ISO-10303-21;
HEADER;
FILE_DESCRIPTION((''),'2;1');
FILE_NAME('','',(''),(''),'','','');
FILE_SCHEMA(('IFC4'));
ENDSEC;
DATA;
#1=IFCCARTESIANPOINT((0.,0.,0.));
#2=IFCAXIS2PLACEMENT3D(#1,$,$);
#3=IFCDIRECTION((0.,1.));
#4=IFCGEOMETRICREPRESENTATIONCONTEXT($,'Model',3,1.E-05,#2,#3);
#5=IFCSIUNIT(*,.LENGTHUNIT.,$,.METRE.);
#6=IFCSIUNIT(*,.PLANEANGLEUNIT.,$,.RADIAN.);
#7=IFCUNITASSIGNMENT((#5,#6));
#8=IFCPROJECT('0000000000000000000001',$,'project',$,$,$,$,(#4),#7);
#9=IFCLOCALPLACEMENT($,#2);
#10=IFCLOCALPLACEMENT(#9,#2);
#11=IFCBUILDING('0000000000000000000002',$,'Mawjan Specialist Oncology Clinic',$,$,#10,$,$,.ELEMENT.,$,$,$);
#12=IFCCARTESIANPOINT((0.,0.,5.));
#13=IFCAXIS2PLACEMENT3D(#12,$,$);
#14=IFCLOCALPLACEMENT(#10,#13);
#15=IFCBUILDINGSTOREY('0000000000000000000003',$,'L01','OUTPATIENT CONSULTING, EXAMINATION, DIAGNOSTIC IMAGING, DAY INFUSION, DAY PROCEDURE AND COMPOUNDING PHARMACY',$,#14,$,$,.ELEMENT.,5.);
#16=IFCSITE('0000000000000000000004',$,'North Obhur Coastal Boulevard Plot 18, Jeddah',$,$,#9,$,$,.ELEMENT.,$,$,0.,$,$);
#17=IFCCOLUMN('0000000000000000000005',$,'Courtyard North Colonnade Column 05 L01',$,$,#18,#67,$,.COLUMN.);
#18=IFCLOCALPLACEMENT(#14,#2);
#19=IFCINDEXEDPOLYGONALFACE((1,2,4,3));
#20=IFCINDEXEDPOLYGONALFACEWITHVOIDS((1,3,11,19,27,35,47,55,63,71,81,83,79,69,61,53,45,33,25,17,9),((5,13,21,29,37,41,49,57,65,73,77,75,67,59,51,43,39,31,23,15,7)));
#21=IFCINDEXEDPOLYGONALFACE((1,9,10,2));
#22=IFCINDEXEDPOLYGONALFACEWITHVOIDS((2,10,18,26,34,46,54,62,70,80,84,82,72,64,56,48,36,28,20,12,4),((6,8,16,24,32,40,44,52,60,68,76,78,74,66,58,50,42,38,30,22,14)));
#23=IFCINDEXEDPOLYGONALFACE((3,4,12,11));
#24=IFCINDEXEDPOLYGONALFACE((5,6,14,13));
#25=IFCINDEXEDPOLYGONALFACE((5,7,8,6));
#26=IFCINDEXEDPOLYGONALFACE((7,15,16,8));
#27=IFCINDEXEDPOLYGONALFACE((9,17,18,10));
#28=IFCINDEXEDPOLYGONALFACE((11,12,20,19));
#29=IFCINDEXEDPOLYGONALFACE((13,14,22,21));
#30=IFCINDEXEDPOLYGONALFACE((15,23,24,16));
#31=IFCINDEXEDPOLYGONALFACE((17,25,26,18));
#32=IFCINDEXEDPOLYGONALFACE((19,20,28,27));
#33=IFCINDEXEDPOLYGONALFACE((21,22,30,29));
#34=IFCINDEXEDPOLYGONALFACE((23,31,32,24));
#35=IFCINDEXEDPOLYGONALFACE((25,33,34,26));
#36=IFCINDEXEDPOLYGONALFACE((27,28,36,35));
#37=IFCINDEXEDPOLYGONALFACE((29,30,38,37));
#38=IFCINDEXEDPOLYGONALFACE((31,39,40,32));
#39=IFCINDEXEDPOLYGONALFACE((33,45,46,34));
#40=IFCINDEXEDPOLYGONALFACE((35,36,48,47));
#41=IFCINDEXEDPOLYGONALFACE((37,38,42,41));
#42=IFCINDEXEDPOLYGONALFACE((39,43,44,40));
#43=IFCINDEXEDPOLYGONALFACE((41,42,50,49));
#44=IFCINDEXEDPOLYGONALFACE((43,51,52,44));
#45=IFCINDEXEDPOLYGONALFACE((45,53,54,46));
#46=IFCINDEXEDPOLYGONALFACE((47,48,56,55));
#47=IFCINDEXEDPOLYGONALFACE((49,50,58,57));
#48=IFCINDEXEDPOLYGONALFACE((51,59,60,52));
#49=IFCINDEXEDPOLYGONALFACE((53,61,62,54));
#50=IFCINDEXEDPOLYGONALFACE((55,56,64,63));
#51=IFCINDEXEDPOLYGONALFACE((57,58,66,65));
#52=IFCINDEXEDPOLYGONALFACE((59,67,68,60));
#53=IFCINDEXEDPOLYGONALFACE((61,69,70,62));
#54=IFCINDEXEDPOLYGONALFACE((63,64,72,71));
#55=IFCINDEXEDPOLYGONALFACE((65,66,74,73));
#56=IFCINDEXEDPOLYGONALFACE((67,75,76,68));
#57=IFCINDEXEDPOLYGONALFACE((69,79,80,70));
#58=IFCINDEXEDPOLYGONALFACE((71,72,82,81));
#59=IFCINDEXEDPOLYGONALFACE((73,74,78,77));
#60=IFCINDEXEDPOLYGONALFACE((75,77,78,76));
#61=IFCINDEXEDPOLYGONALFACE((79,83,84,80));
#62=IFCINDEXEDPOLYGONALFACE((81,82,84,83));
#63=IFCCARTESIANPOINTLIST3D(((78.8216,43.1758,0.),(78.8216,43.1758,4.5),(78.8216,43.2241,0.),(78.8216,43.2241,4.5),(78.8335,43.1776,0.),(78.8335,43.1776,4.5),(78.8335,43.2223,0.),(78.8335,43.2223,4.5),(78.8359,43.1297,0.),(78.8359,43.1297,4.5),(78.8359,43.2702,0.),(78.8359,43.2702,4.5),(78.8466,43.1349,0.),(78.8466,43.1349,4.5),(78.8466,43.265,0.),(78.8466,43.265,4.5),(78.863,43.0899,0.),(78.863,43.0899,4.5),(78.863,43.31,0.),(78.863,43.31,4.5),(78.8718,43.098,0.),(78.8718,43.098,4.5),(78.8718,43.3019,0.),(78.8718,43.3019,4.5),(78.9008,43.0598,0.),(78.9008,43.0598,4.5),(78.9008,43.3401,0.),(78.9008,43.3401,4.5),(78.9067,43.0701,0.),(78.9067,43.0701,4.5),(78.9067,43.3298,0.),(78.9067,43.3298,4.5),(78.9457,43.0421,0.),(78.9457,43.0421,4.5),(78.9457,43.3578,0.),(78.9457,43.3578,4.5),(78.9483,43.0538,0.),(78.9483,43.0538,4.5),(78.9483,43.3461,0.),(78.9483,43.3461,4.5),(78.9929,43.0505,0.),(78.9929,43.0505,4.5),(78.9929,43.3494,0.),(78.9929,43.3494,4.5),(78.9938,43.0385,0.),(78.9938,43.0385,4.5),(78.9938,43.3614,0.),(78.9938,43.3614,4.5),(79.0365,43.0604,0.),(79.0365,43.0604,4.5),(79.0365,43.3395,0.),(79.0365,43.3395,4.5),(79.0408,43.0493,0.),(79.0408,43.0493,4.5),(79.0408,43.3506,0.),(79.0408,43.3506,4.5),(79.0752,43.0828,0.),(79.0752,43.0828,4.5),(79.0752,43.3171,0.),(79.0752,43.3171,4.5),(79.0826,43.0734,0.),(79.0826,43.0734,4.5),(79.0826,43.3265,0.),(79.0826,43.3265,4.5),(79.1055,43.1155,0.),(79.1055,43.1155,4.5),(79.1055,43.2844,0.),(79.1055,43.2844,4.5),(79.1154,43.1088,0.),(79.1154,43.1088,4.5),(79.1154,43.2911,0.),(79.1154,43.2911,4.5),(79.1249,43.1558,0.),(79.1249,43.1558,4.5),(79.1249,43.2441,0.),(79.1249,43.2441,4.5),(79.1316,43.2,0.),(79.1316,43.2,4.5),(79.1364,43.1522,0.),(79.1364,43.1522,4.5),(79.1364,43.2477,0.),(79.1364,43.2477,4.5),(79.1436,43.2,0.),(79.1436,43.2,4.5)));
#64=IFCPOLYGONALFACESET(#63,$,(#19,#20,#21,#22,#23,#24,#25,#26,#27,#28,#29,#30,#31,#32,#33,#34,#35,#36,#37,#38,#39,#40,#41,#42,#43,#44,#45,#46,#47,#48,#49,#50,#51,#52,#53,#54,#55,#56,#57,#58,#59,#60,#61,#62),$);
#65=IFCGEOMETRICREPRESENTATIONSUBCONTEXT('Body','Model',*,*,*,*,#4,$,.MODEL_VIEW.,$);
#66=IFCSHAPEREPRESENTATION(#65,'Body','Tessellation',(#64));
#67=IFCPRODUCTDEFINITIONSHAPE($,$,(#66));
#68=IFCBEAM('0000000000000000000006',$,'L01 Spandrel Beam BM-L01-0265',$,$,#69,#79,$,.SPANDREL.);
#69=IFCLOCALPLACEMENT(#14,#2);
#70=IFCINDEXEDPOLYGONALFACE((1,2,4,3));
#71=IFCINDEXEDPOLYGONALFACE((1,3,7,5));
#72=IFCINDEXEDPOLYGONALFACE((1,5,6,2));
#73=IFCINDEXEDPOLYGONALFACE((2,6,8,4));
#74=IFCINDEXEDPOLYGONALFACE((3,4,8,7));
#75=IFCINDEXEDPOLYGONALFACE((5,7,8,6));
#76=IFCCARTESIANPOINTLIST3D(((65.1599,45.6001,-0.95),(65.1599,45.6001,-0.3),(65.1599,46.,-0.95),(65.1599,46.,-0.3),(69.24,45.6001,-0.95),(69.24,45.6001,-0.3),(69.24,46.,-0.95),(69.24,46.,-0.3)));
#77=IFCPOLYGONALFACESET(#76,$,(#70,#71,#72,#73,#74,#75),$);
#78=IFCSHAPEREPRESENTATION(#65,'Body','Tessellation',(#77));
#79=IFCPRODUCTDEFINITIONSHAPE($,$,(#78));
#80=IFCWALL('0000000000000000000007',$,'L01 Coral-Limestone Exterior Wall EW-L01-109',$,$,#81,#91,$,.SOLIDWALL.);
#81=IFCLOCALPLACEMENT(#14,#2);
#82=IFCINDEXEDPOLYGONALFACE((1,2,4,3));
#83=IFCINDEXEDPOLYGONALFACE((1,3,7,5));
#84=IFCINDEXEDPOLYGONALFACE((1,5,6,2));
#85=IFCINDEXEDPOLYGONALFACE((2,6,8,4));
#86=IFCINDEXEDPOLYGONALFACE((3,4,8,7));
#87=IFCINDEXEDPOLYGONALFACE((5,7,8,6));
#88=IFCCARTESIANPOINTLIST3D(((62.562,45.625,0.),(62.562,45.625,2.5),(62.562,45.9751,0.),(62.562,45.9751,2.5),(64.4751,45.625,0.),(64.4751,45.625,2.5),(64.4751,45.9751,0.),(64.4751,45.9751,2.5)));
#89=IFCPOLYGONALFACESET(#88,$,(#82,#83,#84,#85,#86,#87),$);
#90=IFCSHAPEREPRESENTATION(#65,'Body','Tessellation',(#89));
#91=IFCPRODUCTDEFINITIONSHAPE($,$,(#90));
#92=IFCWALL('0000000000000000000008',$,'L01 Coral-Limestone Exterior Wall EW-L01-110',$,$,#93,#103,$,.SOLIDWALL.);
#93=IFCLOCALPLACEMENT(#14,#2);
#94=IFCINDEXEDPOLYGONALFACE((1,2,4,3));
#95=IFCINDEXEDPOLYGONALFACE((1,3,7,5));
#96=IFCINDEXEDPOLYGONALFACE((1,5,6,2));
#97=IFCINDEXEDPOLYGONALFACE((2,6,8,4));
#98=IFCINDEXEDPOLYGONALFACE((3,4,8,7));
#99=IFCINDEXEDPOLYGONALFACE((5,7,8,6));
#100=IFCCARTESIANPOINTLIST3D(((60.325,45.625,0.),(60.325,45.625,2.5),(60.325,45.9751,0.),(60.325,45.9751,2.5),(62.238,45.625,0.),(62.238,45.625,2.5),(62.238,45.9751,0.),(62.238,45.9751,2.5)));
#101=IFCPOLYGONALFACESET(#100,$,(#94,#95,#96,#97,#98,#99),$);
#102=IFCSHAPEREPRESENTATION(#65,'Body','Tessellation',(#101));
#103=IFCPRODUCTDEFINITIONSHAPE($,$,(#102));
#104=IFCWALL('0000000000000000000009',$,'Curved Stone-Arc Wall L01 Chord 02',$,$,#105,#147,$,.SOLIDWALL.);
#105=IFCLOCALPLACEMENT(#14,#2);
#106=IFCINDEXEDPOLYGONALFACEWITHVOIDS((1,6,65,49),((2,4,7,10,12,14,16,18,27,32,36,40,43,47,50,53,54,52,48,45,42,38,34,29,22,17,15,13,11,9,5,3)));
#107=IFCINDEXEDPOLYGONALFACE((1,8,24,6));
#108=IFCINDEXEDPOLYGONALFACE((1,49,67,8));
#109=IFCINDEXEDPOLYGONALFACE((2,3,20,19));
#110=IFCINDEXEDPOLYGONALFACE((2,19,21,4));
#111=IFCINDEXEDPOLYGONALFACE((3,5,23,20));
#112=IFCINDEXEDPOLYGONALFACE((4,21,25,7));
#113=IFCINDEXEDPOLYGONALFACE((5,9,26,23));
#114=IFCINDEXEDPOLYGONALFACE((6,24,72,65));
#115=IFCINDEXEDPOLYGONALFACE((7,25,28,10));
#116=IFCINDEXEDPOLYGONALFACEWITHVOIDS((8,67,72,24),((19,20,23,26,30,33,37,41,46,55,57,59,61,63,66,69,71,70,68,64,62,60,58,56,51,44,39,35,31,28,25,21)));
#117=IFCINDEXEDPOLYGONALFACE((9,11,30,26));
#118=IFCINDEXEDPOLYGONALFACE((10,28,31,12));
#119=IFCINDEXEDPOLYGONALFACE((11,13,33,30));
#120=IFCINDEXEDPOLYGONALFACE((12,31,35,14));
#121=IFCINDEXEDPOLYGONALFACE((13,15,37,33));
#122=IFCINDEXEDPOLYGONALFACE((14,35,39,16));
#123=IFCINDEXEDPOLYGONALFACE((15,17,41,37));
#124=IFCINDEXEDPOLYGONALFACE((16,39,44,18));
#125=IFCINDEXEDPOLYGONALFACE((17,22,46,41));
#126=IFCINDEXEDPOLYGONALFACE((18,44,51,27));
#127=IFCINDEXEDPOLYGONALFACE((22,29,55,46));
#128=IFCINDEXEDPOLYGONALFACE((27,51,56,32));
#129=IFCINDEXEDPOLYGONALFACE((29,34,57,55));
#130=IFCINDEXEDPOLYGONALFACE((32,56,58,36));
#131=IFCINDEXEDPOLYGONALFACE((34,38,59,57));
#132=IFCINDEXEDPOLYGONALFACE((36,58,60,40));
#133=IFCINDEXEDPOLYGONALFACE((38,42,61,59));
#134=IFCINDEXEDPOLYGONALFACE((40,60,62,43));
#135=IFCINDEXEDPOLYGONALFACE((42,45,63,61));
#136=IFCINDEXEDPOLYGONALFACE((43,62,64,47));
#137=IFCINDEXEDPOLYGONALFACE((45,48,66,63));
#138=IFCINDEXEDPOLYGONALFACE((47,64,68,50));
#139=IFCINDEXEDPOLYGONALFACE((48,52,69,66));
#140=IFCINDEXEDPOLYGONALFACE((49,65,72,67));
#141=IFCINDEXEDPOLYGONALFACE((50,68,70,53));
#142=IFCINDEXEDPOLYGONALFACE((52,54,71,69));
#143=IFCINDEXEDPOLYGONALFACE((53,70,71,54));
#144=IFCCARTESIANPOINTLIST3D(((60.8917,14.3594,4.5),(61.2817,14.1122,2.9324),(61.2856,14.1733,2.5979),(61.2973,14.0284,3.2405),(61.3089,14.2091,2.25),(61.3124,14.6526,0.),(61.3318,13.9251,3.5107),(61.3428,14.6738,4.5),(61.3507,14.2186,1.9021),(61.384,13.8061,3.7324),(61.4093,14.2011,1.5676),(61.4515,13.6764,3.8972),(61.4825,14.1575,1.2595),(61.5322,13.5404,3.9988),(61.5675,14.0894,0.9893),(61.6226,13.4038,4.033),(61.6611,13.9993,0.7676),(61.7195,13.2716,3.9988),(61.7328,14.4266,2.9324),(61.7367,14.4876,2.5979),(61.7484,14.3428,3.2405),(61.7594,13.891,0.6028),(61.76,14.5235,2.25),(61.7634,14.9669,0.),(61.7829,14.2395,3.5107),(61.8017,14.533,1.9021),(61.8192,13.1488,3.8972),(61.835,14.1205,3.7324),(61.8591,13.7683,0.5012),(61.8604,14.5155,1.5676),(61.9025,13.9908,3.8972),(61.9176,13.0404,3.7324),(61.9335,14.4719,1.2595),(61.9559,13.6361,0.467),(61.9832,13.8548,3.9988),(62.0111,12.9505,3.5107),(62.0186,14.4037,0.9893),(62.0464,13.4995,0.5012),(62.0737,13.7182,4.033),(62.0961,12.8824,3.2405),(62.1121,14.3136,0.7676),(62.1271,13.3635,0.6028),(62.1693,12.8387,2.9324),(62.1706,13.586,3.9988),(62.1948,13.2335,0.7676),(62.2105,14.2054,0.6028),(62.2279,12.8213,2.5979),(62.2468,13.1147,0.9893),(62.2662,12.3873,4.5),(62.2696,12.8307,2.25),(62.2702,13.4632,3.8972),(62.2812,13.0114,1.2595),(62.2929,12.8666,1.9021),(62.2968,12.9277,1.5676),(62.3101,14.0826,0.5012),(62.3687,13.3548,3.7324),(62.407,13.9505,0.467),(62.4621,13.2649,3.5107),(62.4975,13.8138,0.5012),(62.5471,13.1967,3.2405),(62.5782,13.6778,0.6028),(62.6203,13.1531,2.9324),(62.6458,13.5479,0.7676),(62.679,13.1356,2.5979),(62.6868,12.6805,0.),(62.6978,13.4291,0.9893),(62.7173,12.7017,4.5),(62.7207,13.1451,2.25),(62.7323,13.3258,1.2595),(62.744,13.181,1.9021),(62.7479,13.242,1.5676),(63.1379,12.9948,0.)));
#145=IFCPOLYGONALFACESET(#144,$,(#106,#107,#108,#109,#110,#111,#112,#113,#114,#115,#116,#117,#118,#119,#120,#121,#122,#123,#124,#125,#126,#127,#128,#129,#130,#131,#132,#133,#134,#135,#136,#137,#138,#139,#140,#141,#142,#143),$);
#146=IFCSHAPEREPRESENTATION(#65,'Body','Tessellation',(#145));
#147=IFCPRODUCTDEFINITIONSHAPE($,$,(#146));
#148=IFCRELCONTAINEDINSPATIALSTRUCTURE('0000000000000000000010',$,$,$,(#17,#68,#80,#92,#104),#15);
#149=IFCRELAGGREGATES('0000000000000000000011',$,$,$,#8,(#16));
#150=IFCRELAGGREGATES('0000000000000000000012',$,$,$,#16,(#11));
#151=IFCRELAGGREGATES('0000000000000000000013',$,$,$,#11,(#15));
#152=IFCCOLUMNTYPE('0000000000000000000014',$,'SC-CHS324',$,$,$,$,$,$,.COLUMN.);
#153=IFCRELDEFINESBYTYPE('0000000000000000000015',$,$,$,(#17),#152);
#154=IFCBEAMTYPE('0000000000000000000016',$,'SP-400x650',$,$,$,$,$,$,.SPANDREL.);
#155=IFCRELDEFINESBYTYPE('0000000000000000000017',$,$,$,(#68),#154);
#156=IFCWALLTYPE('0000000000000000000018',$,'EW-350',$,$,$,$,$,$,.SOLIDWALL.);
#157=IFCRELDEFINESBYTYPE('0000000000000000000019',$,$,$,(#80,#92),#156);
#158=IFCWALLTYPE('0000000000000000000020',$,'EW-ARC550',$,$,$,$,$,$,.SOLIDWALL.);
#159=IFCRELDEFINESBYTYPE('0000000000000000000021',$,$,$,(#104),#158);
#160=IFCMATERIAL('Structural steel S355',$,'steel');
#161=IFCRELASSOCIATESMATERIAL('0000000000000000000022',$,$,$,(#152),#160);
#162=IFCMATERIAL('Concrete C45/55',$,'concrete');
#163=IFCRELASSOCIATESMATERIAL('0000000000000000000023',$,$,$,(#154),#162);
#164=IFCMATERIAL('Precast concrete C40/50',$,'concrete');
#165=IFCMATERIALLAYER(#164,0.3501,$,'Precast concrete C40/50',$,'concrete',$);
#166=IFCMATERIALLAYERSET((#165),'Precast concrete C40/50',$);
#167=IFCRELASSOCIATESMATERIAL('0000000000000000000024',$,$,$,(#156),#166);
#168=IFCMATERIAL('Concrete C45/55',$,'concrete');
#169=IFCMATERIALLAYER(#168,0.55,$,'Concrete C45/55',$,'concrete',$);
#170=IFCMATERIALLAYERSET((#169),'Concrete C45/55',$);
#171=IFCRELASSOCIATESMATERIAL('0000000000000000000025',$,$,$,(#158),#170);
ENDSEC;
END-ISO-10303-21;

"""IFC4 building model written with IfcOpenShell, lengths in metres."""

from ifc_helpers import new_model, si_unit, direction, frame, frame_2d, origin, origin_2d, place, context, subcontext, project, spatial, polyline, rectangle, hollow_circle, outline, extrude, material, layer, layer_set, material_profile, profile_set, type_object, element, save


model = new_model("IFC4")

# Units and contexts
model_context = context("Model", 3, precision=1e-05, world=origin(), true_north=direction((0.0, 1.0)))
body_context = subcontext(model_context, "Body", "Model", "MODEL_VIEW")
ifc_project = project(units=[si_unit("LENGTHUNIT", "METRE"), si_unit("PLANEANGLEUNIT", "RADIAN")], contexts=[model_context])

# Site, building, storey
site_placement = place(None, origin())
site = spatial("IfcSite", under=ifc_project, at=site_placement, Name="North Obhur Coastal Boulevard Plot 18, Jeddah", CompositionType="ELEMENT", RefElevation=0.0)
building_placement = place(site_placement, origin())
building = spatial("IfcBuilding", under=site, at=building_placement, Name="Mawjan Specialist Oncology Clinic", CompositionType="ELEMENT")
storey_placement = place(building_placement, frame((0.0, 0.0, 5.0)))
storey = spatial("IfcBuildingStorey", under=building, at=storey_placement, Name="L01", Description="OUTPATIENT CONSULTING, EXAMINATION, DIAGNOSTIC IMAGING, DAY INFUSION, DAY PROCEDURE AND COMPOUNDING PHARMACY", CompositionType="ELEMENT", Elevation=5.0)

# Column
ifc_material_1 = material(Name="Structural steel S355", Category="steel")
ifc_material_profile_1 = material_profile(ifc_material_1, hollow_circle(Radius=0.1619, WallThickness=0.012, at=origin_2d()), Name="CHS 323.9x12", Category="steel")
ifc_profile_set_1 = profile_set([ifc_material_profile_1], Name="Structural steel S355")
column_type_1 = type_object("IfcColumnType", Name="SC-CHS324", PredefinedType="COLUMN", material=ifc_profile_set_1)
column_1_placement = place(storey_placement, frame((78.9817, 43.2, 0.0), z_axis=(0.0, 0.0, 1.0), x_axis=(1.0, 0.0, 0.0)))
element("IfcColumn", 1, at=column_1_placement, inside=storey, type_object=column_type_1, Name="Courtyard North Colonnade Column 05 L01", PredefinedType="COLUMN", context=body_context, shape_type="SweptSolid", body=[
    extrude(hollow_circle(Radius=0.1619, WallThickness=0.012, at=origin_2d()), origin(), (0.0, 0.0, 1.0), 4.5),
])

# Beam
ifc_material_2 = material(Name="Concrete C45/55", Category="concrete")
ifc_material_profile_2 = material_profile(ifc_material_2, rectangle(XDim=0.3999, YDim=0.6499, at=origin_2d()), Name="RC BM 400x650", Category="concrete")
ifc_profile_set_2 = profile_set([ifc_material_profile_2], Name="Concrete C45/55")
beam_type = type_object("IfcBeamType", Name="SP-400x650", PredefinedType="SPANDREL", material=ifc_profile_set_2)
beam_placement = place(storey_placement, frame((65.1599, 45.8, -0.625), z_axis=(1.0, 0.0, 0.0), x_axis=(0.0, 1.0, 0.0)))
element("IfcBeam", 2, at=beam_placement, inside=storey, type_object=beam_type, Name="L01 Spandrel Beam BM-L01-0265", PredefinedType="SPANDREL", context=body_context, shape_type="SweptSolid", body=[
    extrude(rectangle(XDim=0.3999, YDim=0.6499, at=origin_2d()), origin(), (0.0, 0.0, 1.0), 4.0801),
])

# Walls
ifc_material_3 = material(Name="Precast concrete C40/50", Category="concrete")
ifc_layer_1 = layer(ifc_material_3, 0.3501, Name="Precast concrete C40/50", Category="concrete")
ifc_layer_set_1 = layer_set([ifc_layer_1], Name="Precast concrete C40/50")
wall_type_1 = type_object("IfcWallType", Name="EW-350", PredefinedType="SOLIDWALL", material=ifc_layer_set_1)
for number, where, z_axis, x_axis, name in (
    (3, (64.4751, 45.8, 0.0), (0.0, 0.0, 1.0), (-1.0, 0.0, 0.0), "L01 Coral-Limestone Exterior Wall EW-L01-109"),
    (4, (62.238, 45.8, 0.0), (0.0, 0.0, 1.0), (-1.0, 0.0, 0.0), "L01 Coral-Limestone Exterior Wall EW-L01-110"),
):
    element("IfcWall", number, at=place(storey_placement, frame(where, z_axis=z_axis, x_axis=x_axis)), inside=storey, type_object=wall_type_1, Name=name, PredefinedType="SOLIDWALL", context=body_context, shape_type="SweptSolid", body=[
        extrude(rectangle(XDim=1.9131, YDim=0.3501, at=frame_2d((0.9565, 0.0))), origin(), (0.0, 0.0, 1.0), 2.5),
    ])

# Wall, opening
ifc_material_4 = material(Name="Concrete C45/55", Category="concrete")
ifc_layer_2 = layer(ifc_material_4, 0.55, Name="Concrete C45/55", Category="concrete")
ifc_layer_set_2 = layer_set([ifc_layer_2], Name="Concrete C45/55")
wall_type_2 = type_object("IfcWallType", Name="EW-ARC550", PredefinedType="SOLIDWALL", material=ifc_layer_set_2)
wall_1_placement = place(storey_placement, frame((62.9124, 12.8376, 0.0), z_axis=(0.0, 0.0, 1.0), x_axis=(-0.571784, 0.820404, 0.0)))
wall_1 = element("IfcWall", 5, at=wall_1_placement, inside=storey, type_object=wall_type_2, Name="Curved Stone-Arc Wall L01 Chord 02", PredefinedType="SOLIDWALL", context=body_context, shape_type="SweptSolid", body=[
    extrude(outline(polyline([(-0.2749, 0.0), (0.2749, 0.0), (0.7876, 4.5), (0.2378, 4.5), (-0.2749, 0.0)])), frame((0.0, 0.0, 0.0), z_axis=(1.0, 0.0, 0.0), x_axis=(0.0, 1.0, 0.0)), (0.0, 0.0, 1.0), 2.4038),
])
opening_1_placement = place(wall_1_placement, origin())
element("IfcOpeningElement", 6, at=opening_1_placement, cuts=wall_1, PredefinedType="OPENING", context=body_context, shape_type="SweptSolid", body=[
    extrude(outline(polyline([(2.042, 2.25), (2.0259, 2.5979), (1.978, 2.9324), (1.9004, 3.2405), (1.7959, 3.5107), (1.6685, 3.7324), (1.5234, 3.8972), (1.3657, 3.9988), (1.2019, 4.033), (1.0381, 3.9988), (0.8804, 3.8972), (0.7351, 3.7324), (0.6079, 3.5107), (0.5034, 3.2405), (0.4258, 2.9324), (0.3779, 2.5979), (0.3618, 2.25), (0.3779, 1.9021), (0.4258, 1.5676), (0.5034, 1.2595), (0.6079, 0.9893), (0.7351, 0.7676), (0.8804, 0.6028), (1.0381, 0.5012), (1.2019, 0.467), (1.3657, 0.5012), (1.5234, 0.6028), (1.6685, 0.7676), (1.7959, 0.9893), (1.9004, 1.2595), (1.978, 1.5676), (2.0259, 1.9021), (2.042, 2.25)])), frame((0.0, 0.8076, 0.0), z_axis=(0.0, -1.0, 0.0), x_axis=(1.0, 0.0, 0.0)), (0.0, 0.0, 1.0), 1.1028),
])

save(model, "model.ifc")
